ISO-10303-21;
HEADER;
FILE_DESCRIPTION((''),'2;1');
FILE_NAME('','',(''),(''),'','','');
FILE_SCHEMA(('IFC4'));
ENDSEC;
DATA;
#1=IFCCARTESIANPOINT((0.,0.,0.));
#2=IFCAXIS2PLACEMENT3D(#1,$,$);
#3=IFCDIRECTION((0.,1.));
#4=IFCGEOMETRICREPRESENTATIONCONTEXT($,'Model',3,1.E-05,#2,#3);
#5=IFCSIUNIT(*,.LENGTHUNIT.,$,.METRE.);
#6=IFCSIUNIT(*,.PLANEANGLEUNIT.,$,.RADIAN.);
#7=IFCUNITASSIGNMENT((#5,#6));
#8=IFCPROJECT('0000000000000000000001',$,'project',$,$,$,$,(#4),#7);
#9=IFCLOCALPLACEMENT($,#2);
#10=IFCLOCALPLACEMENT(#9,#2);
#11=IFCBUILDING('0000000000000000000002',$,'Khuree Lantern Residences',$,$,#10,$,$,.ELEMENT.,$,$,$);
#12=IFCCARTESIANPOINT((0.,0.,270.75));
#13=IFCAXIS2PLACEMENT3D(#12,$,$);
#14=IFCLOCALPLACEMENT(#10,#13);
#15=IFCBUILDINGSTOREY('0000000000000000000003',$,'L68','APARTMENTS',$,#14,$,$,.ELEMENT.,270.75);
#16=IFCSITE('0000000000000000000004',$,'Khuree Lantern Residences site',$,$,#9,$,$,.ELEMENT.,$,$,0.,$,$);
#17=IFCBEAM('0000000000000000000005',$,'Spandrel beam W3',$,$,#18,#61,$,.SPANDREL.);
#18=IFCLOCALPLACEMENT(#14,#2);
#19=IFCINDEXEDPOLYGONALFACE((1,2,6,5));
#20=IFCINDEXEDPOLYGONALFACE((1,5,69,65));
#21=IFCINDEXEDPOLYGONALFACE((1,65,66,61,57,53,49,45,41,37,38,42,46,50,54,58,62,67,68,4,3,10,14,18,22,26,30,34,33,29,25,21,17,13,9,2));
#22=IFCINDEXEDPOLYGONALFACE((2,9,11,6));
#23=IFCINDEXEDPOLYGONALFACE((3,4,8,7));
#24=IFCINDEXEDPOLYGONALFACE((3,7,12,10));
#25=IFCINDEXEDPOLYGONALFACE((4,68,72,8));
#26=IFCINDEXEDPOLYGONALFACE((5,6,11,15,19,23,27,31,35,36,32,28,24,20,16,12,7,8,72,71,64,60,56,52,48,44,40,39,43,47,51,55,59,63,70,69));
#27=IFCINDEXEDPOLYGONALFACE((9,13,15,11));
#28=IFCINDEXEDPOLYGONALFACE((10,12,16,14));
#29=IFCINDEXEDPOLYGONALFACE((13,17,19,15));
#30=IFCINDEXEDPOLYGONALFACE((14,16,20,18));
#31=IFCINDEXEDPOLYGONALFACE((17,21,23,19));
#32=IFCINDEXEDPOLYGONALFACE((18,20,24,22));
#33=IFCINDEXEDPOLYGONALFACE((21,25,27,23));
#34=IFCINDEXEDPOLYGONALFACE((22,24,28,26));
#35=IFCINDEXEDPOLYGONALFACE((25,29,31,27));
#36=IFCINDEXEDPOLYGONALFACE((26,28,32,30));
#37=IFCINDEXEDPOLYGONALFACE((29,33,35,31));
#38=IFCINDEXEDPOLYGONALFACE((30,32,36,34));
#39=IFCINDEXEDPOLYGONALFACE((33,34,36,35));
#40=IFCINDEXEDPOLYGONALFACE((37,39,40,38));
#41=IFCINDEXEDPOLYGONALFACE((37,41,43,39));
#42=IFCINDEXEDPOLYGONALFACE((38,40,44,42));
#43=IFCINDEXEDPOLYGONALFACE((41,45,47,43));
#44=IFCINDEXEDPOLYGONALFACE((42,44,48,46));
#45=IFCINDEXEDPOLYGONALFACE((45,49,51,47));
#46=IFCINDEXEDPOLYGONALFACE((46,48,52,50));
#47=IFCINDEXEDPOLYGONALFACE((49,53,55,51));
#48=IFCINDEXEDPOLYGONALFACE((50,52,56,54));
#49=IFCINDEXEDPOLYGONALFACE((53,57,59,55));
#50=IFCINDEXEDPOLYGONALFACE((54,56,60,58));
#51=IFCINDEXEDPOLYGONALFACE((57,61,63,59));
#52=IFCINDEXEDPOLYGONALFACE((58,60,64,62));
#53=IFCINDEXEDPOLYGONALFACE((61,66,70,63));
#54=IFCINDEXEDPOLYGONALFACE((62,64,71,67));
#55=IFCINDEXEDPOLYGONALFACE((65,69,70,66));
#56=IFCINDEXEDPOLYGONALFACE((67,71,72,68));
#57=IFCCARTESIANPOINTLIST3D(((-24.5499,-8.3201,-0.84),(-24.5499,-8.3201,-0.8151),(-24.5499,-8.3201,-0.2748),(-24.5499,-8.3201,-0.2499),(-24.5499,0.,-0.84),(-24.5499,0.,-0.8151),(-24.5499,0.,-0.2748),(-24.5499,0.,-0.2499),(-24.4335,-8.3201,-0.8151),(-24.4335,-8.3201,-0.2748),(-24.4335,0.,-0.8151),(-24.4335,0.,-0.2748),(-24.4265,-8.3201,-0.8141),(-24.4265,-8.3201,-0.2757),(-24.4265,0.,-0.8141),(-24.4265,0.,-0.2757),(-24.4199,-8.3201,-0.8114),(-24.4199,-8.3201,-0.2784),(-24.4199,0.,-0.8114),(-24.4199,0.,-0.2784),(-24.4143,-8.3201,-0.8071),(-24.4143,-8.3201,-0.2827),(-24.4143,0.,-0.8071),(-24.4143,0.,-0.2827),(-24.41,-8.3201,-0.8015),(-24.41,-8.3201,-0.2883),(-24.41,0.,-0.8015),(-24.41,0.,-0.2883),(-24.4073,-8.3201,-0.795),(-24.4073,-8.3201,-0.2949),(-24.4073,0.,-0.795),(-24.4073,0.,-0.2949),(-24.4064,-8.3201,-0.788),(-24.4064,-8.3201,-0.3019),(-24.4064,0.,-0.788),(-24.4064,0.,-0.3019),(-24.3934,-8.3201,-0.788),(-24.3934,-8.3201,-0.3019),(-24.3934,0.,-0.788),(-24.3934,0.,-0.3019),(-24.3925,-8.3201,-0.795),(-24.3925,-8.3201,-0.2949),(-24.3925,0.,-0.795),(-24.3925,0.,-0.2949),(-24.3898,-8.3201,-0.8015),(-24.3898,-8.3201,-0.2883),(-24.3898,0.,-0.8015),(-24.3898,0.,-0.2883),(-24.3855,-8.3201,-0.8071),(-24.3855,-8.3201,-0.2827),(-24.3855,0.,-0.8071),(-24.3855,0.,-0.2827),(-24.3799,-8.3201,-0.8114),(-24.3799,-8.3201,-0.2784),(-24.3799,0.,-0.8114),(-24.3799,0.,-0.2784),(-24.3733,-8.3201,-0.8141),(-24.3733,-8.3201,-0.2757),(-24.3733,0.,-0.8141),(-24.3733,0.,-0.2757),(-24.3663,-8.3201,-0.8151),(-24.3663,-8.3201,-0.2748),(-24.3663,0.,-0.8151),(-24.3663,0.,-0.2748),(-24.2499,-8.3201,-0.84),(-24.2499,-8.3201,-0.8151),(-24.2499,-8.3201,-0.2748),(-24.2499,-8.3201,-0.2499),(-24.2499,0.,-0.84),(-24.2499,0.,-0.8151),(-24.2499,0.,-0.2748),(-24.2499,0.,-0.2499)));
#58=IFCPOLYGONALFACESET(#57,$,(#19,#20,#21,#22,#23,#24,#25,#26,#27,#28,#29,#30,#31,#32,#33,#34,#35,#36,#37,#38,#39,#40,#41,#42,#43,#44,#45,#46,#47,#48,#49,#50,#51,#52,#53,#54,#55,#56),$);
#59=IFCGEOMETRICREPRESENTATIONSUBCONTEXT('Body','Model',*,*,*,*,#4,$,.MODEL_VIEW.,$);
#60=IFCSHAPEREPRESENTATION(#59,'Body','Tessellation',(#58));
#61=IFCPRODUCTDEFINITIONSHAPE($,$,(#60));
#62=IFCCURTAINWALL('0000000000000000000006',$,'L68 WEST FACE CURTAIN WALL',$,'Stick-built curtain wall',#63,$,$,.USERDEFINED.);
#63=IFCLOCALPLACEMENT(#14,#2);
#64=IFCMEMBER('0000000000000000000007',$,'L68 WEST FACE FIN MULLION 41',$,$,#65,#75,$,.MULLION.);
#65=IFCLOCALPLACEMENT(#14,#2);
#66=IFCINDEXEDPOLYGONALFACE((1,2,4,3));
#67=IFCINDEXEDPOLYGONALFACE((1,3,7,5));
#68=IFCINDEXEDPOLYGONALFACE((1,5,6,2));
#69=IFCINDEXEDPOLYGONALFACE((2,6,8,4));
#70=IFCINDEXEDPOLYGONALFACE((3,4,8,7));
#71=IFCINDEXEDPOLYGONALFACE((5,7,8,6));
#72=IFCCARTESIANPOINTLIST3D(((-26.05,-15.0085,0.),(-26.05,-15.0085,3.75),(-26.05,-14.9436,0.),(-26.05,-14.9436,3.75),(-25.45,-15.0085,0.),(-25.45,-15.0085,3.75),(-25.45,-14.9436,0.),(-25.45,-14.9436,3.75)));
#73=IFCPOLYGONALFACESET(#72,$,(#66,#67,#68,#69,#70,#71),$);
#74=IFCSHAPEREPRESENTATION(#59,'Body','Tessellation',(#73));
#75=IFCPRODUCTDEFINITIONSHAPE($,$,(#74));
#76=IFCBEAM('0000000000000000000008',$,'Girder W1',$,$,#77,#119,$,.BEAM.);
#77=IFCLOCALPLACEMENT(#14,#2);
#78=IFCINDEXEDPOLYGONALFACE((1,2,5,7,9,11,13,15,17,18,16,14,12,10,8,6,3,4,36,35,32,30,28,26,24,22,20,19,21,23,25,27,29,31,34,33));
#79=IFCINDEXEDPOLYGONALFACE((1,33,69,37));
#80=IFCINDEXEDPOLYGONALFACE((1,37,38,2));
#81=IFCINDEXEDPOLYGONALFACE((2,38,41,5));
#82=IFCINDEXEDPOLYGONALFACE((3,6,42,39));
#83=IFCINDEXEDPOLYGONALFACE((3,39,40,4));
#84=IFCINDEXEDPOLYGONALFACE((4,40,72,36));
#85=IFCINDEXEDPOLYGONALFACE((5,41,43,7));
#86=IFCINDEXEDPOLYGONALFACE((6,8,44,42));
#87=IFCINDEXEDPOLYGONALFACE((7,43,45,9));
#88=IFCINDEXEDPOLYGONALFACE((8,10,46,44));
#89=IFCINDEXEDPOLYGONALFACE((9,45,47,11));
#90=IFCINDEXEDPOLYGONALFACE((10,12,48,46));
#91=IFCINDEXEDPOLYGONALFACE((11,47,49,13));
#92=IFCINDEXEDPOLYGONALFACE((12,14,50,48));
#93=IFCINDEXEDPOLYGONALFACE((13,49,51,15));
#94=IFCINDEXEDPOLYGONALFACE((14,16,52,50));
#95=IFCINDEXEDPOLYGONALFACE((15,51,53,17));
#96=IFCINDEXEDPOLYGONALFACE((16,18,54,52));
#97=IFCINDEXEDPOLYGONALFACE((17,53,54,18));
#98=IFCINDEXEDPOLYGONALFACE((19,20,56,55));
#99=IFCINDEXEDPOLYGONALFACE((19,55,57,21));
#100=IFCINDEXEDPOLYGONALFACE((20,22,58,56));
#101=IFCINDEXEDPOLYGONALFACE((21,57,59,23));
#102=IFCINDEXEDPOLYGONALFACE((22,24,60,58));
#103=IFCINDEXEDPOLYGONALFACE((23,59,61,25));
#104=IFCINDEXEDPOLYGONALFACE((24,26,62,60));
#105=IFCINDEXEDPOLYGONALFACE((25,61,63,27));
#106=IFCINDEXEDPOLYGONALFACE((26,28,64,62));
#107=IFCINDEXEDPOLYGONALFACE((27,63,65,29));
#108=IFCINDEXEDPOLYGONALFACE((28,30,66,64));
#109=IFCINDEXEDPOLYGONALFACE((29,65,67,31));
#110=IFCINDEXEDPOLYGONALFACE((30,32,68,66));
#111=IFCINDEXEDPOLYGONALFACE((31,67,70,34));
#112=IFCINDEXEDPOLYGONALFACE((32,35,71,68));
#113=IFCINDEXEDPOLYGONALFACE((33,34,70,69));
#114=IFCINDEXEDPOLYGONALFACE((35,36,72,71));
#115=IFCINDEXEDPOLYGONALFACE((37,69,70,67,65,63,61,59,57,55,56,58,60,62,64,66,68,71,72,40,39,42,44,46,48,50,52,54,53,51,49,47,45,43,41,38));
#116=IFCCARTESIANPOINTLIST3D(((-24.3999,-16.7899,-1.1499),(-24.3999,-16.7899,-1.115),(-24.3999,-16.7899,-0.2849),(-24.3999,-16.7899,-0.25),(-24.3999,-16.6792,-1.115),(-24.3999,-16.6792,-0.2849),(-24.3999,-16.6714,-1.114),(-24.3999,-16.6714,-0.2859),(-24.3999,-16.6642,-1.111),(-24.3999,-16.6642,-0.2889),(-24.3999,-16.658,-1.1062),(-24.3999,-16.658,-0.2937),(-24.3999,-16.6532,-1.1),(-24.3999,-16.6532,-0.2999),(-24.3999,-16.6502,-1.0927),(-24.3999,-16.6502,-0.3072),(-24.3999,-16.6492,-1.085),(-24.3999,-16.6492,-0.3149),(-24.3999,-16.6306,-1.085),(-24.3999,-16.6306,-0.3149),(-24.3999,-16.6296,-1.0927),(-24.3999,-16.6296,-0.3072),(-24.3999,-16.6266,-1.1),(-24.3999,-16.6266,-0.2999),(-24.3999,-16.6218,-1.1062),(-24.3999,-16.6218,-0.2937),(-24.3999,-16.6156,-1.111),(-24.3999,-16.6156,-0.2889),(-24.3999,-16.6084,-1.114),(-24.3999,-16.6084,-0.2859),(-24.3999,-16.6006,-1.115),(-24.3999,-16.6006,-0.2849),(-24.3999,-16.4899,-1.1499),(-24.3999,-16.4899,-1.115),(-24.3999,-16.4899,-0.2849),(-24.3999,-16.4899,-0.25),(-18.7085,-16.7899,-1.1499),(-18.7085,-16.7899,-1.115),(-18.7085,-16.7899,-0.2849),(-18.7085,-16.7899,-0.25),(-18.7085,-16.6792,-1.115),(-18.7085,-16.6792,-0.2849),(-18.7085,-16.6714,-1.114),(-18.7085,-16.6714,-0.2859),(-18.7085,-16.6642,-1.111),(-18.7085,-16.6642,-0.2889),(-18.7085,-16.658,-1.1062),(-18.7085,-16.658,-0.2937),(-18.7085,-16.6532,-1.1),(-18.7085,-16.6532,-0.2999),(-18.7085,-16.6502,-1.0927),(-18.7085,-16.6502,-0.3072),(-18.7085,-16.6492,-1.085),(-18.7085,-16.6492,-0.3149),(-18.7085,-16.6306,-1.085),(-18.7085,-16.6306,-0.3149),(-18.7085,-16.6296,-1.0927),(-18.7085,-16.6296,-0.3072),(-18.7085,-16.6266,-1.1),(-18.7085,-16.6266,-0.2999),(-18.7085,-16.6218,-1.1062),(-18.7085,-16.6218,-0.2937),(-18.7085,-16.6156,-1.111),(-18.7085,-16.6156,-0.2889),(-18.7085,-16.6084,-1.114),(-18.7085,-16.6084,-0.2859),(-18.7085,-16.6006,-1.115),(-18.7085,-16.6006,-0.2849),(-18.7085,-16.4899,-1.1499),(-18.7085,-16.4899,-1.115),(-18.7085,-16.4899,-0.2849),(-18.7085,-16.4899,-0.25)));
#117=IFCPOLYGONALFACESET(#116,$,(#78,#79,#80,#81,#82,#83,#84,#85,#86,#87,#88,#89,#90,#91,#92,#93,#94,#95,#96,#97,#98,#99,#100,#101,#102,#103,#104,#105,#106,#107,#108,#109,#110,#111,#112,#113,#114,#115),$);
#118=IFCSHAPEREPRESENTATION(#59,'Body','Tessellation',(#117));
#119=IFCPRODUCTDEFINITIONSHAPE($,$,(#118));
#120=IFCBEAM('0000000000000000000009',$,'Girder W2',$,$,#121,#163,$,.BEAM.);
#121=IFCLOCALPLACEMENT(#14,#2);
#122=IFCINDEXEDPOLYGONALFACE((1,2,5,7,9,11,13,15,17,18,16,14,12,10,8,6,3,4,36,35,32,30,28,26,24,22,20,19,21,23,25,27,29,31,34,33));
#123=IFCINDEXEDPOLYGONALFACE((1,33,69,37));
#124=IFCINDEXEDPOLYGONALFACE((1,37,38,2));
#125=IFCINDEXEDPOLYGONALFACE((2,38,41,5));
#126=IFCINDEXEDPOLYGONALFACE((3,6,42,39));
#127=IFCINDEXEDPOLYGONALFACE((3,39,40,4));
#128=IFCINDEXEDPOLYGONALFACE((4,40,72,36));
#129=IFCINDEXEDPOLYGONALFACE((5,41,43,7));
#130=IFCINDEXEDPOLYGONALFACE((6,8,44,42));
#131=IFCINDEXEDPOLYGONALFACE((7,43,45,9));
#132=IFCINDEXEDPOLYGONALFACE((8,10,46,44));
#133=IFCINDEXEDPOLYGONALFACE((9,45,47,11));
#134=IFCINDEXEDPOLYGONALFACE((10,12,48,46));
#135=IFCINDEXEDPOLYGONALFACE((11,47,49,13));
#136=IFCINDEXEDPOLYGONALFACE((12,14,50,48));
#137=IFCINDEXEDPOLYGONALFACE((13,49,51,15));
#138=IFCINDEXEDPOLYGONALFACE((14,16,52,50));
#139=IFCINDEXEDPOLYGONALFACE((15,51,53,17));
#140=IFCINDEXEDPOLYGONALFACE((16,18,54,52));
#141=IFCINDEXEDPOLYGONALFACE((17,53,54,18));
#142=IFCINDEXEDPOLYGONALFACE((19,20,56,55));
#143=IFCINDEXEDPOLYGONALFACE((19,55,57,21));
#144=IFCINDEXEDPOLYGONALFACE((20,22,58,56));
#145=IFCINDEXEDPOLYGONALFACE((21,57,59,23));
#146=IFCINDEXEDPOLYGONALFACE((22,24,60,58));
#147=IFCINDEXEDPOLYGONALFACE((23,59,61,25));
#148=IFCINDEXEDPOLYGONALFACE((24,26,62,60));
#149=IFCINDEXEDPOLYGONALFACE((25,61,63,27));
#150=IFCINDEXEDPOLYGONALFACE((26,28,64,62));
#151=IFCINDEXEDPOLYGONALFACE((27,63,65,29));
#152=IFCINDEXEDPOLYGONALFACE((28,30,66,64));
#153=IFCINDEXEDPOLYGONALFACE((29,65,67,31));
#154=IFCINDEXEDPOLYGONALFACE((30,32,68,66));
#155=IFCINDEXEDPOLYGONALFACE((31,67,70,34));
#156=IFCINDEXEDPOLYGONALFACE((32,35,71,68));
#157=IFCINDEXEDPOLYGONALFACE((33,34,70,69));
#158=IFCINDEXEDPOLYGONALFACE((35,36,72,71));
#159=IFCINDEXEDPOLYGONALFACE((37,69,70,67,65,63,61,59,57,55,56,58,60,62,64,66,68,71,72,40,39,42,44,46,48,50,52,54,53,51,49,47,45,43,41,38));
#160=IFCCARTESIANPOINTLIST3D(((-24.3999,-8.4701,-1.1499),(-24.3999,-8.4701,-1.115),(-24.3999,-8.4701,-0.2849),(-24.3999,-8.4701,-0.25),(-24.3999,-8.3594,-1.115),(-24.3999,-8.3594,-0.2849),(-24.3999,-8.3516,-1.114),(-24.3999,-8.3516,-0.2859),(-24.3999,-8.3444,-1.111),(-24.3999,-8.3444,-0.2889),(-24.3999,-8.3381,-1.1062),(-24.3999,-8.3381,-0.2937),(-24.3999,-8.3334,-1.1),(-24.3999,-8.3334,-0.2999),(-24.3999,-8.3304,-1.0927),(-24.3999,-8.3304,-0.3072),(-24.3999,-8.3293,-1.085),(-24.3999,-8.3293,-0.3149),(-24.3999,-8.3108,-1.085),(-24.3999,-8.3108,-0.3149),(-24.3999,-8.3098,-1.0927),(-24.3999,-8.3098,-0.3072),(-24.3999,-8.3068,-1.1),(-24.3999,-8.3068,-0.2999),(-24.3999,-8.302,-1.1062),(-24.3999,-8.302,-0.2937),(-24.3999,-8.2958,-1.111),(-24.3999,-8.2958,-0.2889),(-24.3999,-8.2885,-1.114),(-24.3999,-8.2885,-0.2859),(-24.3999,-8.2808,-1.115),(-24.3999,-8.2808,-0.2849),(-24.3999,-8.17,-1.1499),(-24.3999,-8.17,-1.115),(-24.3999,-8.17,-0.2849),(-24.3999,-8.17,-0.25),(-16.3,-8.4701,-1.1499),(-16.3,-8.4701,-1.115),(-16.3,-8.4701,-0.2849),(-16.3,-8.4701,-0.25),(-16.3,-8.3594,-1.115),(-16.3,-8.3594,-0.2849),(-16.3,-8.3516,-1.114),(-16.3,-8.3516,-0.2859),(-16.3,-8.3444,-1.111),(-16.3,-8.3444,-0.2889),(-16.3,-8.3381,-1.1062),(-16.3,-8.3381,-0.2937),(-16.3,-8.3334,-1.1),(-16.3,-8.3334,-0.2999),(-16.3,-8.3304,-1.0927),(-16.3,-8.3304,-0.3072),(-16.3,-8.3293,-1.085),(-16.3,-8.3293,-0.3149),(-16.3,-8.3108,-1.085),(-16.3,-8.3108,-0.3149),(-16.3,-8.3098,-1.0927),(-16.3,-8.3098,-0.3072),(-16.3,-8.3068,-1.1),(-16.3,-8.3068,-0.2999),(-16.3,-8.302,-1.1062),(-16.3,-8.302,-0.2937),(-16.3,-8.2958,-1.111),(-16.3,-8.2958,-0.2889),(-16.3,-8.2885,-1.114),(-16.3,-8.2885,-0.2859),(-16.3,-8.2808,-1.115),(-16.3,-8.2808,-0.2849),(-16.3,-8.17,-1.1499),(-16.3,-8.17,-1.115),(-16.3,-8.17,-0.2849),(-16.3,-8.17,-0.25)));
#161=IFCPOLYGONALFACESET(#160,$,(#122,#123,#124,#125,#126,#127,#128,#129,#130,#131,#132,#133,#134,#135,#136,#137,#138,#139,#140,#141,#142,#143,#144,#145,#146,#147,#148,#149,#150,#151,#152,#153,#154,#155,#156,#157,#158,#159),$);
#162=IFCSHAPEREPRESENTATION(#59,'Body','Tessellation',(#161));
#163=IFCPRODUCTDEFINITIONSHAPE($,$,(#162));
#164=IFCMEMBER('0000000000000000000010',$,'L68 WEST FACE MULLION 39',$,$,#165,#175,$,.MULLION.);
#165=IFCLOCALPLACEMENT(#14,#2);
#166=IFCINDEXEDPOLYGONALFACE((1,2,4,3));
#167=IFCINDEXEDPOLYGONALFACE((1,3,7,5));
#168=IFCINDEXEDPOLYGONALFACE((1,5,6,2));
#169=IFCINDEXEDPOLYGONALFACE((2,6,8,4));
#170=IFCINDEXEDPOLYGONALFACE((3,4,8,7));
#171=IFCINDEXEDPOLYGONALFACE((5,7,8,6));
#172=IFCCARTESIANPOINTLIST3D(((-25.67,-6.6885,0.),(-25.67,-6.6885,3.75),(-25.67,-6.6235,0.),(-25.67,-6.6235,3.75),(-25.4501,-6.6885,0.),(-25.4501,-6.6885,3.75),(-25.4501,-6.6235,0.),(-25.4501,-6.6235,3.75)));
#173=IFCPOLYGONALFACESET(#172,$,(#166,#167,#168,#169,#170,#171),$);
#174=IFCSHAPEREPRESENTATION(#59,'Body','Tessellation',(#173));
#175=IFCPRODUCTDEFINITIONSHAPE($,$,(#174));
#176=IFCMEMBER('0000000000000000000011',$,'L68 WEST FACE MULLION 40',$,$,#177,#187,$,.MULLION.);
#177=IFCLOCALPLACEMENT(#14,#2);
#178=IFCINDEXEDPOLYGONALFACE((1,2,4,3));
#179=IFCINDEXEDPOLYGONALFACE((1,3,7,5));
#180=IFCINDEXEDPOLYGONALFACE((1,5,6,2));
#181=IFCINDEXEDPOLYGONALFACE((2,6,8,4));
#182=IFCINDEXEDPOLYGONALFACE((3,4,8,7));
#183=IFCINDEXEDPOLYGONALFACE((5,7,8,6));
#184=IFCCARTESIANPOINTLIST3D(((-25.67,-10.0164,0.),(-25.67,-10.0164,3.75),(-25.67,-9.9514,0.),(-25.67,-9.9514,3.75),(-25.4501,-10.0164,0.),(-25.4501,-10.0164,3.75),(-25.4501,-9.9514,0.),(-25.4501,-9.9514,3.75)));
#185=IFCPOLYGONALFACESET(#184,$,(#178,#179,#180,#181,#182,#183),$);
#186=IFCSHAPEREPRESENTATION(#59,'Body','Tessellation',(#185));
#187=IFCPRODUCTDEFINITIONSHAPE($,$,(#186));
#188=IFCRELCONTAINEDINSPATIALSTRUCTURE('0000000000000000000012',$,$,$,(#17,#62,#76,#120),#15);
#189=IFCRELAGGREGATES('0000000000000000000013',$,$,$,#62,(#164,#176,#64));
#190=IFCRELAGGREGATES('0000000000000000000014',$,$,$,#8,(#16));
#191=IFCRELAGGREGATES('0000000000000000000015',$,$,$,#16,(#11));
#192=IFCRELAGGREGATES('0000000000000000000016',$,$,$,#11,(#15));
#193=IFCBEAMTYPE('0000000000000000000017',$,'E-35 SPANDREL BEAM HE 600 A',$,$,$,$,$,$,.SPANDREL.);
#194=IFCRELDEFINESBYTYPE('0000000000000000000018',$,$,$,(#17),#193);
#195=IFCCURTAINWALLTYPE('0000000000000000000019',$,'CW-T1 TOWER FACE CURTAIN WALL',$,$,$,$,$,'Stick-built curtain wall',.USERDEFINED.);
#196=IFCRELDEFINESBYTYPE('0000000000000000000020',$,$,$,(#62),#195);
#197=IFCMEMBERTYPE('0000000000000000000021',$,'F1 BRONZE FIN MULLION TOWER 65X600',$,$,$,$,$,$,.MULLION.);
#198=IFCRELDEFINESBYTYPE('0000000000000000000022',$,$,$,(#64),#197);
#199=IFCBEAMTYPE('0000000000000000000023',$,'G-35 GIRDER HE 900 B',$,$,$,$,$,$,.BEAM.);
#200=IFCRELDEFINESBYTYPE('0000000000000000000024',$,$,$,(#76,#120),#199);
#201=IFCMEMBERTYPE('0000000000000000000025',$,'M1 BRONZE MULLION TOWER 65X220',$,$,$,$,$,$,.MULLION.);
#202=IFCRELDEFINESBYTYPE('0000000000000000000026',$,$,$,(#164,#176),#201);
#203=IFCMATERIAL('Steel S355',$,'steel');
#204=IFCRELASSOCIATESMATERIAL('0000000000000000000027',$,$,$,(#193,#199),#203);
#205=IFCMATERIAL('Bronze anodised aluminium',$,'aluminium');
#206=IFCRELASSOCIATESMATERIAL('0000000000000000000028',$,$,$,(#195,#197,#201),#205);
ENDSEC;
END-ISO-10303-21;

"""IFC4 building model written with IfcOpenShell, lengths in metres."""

from ifc_helpers import new_model, si_unit, direction, frame, origin, origin_2d, place, context, subcontext, project, spatial, rectangle, i_section, extrude, material, material_profile, profile_set, type_object, element, aggregate, save


model = new_model("IFC4")

# Units and contexts
model_context = context("Model", 3, precision=1e-05, world=origin(), true_north=direction((0.0, 1.0)))
body_context = subcontext(model_context, "Body", "Model", "MODEL_VIEW")
ifc_project = project(units=[si_unit("LENGTHUNIT", "METRE"), si_unit("PLANEANGLEUNIT", "RADIAN")], contexts=[model_context])

# Site, building, storey
site_placement = place(None, origin())
site = spatial("IfcSite", under=ifc_project, at=site_placement, Name="Khuree Lantern Residences site", CompositionType="ELEMENT", RefElevation=0.0)
building_placement = place(site_placement, origin())
building = spatial("IfcBuilding", under=site, at=building_placement, Name="Khuree Lantern Residences", CompositionType="ELEMENT")
storey_placement = place(building_placement, frame((0.0, 0.0, 270.75)))
storey = spatial("IfcBuildingStorey", under=building, at=storey_placement, Name="L68", Description="APARTMENTS", CompositionType="ELEMENT", Elevation=270.75)

# Beam
ifc_material_1 = material(Name="Steel S355", Category="steel")
ifc_material_profile_1 = material_profile(ifc_material_1, i_section(OverallWidth=0.3, OverallDepth=0.5901, WebThickness=0.0129, FlangeThickness=0.0249, FilletRadius=0.0271, at=origin_2d()), Name="HE 600 A")
ifc_profile_set_1 = profile_set([ifc_material_profile_1], Name="Steel S355")
beam_type_1 = type_object("IfcBeamType", Name="E-35 SPANDREL BEAM HE 600 A", PredefinedType="SPANDREL", material=ifc_profile_set_1)
beam_1_placement = place(storey_placement, frame((-24.3999, -8.3201, -0.5449), z_axis=(0.0, 1.0, 0.0), x_axis=(-1.0, 0.0, 0.0)))
element("IfcBeam", 1, at=beam_1_placement, inside=storey, type_object=beam_type_1, Name="Spandrel beam W3", PredefinedType="SPANDREL", context=body_context, shape_type="SweptSolid", body=[
    extrude(i_section(OverallWidth=0.3, OverallDepth=0.5901, WebThickness=0.0129, FlangeThickness=0.0249, FilletRadius=0.0271, at=origin_2d()), origin(), (0.0, 0.0, 1.0), 8.3201),
])

# Curtain wall, member
ifc_material_2 = material(Name="Bronze anodised aluminium", Category="aluminium")
curtain_wall_type = type_object("IfcCurtainWallType", Name="CW-T1 TOWER FACE CURTAIN WALL", ElementType="Stick-built curtain wall", PredefinedType="USERDEFINED", material=ifc_material_2)
curtain_wall_placement = place(storey_placement, origin())
curtain_wall = element("IfcCurtainWall", 2, at=curtain_wall_placement, inside=storey, type_object=curtain_wall_type, Name="L68 WEST FACE CURTAIN WALL", ObjectType="Stick-built curtain wall", PredefinedType="USERDEFINED")
ifc_material_profile_2 = material_profile(ifc_material_2, rectangle(XDim=0.0649, YDim=0.6001, at=origin_2d()), Name="F1 65X600")
ifc_profile_set_2 = profile_set([ifc_material_profile_2], Name="Bronze anodised aluminium")
member_type_1 = type_object("IfcMemberType", Name="F1 BRONZE FIN MULLION TOWER 65X600", PredefinedType="MULLION", material=ifc_profile_set_2)
member_1_placement = place(storey_placement, frame((-25.75, -14.9761, 0.0), z_axis=(0.0, 0.0, 1.0), x_axis=(0.0, -1.0, 0.0)))
member_1 = element("IfcMember", 3, at=member_1_placement, type_object=member_type_1, Name="L68 WEST FACE FIN MULLION 41", PredefinedType="MULLION", context=body_context, shape_type="SweptSolid", body=[
    extrude(rectangle(XDim=0.0649, YDim=0.6001, at=origin_2d()), origin(), (0.0, 0.0, 1.0), 3.75),
])

# Beams
ifc_material_profile_3 = material_profile(ifc_material_1, i_section(OverallWidth=0.3, OverallDepth=0.8999, WebThickness=0.0186, FlangeThickness=0.0349, FilletRadius=0.03, at=origin_2d()), Name="HE 900 B")
ifc_profile_set_3 = profile_set([ifc_material_profile_3], Name="Steel S355")
beam_type_2 = type_object("IfcBeamType", Name="G-35 GIRDER HE 900 B", PredefinedType="BEAM", material=ifc_profile_set_3)
beam_2_placement = place(storey_placement, frame((-24.3999, -16.6399, -0.7), z_axis=(1.0, 0.0, 0.0), x_axis=(0.0, 1.0, 0.0)))
element("IfcBeam", 4, at=beam_2_placement, inside=storey, type_object=beam_type_2, Name="Girder W1", PredefinedType="BEAM", context=body_context, shape_type="SweptSolid", body=[
    extrude(i_section(OverallWidth=0.3, OverallDepth=0.8999, WebThickness=0.0186, FlangeThickness=0.0349, FilletRadius=0.03, at=origin_2d()), origin(), (0.0, 0.0, 1.0), 5.6914),
])
beam_3_placement = place(storey_placement, frame((-24.3999, -8.3201, -0.7), z_axis=(1.0, 0.0, 0.0), x_axis=(0.0, 1.0, 0.0)))
element("IfcBeam", 5, at=beam_3_placement, inside=storey, type_object=beam_type_2, Name="Girder W2", PredefinedType="BEAM", context=body_context, shape_type="SweptSolid", body=[
    extrude(i_section(OverallWidth=0.3, OverallDepth=0.8999, WebThickness=0.0186, FlangeThickness=0.0349, FilletRadius=0.03, at=origin_2d()), origin(), (0.0, 0.0, 1.0), 8.0999),
])

# Members
ifc_material_profile_4 = material_profile(ifc_material_2, rectangle(XDim=0.0649, YDim=0.22, at=origin_2d()), Name="M1 65X220")
ifc_profile_set_4 = profile_set([ifc_material_profile_4], Name="Bronze anodised aluminium")
member_type_2 = type_object("IfcMemberType", Name="M1 BRONZE MULLION TOWER 65X220", PredefinedType="MULLION", material=ifc_profile_set_4)
member_2_placement = place(storey_placement, frame((-25.5601, -6.656, 0.0), z_axis=(0.0, 0.0, 1.0), x_axis=(0.0, -1.0, 0.0)))
member_2 = element("IfcMember", 6, at=member_2_placement, type_object=member_type_2, Name="L68 WEST FACE MULLION 39", PredefinedType="MULLION", context=body_context, shape_type="SweptSolid", body=[
    extrude(rectangle(XDim=0.0649, YDim=0.22, at=origin_2d()), origin(), (0.0, 0.0, 1.0), 3.75),
])
member_3_placement = place(storey_placement, frame((-25.5601, -9.9839, 0.0), z_axis=(0.0, 0.0, 1.0), x_axis=(0.0, -1.0, 0.0)))
member_3 = element("IfcMember", 7, at=member_3_placement, type_object=member_type_2, Name="L68 WEST FACE MULLION 40", PredefinedType="MULLION", context=body_context, shape_type="SweptSolid", body=[
    extrude(rectangle(XDim=0.0649, YDim=0.22, at=origin_2d()), origin(), (0.0, 0.0, 1.0), 3.75),
])

aggregate(curtain_wall, [member_2, member_3, member_1])

save(model, "model.ifc")
